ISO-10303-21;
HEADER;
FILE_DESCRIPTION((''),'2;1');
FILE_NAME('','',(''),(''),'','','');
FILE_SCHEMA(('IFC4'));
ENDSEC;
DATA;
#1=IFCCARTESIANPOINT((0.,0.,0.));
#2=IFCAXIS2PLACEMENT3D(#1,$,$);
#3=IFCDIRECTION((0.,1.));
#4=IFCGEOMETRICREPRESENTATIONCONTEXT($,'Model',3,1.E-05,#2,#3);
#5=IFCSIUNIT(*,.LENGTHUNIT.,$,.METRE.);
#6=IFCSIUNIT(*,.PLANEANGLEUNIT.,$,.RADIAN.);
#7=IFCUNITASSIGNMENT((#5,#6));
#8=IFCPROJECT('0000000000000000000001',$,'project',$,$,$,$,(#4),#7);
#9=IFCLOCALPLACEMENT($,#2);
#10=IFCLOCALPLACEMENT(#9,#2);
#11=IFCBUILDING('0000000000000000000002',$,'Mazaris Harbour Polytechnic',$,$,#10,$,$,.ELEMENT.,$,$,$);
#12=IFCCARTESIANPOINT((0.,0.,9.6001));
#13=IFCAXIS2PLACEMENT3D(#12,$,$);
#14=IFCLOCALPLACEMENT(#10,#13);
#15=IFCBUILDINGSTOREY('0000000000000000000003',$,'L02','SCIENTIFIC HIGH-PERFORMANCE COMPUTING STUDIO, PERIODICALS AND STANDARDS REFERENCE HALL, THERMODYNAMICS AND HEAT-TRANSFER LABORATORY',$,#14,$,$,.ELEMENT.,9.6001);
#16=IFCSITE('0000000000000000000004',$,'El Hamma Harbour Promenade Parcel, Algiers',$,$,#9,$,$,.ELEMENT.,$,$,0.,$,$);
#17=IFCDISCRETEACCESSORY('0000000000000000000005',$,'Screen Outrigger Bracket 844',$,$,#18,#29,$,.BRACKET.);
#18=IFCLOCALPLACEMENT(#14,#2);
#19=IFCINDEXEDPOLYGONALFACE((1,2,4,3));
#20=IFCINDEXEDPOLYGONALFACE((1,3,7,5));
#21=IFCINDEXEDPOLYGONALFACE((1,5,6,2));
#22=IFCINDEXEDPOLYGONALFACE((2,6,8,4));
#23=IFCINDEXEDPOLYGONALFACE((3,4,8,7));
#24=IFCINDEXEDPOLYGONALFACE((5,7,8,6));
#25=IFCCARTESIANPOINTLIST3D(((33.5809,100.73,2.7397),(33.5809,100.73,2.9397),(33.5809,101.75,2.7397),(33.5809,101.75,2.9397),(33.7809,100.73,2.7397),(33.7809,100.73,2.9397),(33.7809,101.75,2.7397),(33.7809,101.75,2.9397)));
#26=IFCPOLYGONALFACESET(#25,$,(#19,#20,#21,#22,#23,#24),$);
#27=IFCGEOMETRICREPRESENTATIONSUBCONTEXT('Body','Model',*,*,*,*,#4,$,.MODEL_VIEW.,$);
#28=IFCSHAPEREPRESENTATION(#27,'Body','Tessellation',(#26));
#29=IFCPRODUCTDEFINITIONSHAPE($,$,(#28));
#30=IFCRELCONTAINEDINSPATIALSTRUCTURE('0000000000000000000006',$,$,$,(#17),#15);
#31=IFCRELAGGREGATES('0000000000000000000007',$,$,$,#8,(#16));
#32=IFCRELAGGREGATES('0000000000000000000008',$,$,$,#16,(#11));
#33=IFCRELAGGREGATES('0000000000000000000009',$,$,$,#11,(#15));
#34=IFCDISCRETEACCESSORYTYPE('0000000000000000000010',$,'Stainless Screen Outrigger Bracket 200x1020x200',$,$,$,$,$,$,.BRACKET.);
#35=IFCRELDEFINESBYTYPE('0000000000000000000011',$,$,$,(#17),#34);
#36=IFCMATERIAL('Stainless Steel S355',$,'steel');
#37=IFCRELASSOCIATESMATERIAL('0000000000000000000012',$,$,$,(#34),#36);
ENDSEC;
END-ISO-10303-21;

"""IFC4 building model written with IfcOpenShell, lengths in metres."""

from ifc_helpers import new_model, si_unit, direction, frame, origin, origin_2d, place, context, subcontext, project, spatial, rectangle, extrude, material, type_object, element, save


model = new_model("IFC4")

# Units and contexts
model_context = context("Model", 3, precision=1e-05, world=origin(), true_north=direction((0.0, 1.0)))
body_context = subcontext(model_context, "Body", "Model", "MODEL_VIEW")
ifc_project = project(units=[si_unit("LENGTHUNIT", "METRE"), si_unit("PLANEANGLEUNIT", "RADIAN")], contexts=[model_context])

# Site, building, storey
site_placement = place(None, origin())
site = spatial("IfcSite", under=ifc_project, at=site_placement, Name="El Hamma Harbour Promenade Parcel, Algiers", CompositionType="ELEMENT", RefElevation=0.0)
building_placement = place(site_placement, origin())
building = spatial("IfcBuilding", under=site, at=building_placement, Name="Mazaris Harbour Polytechnic", CompositionType="ELEMENT")
storey_placement = place(building_placement, frame((0.0, 0.0, 9.6001)))
storey = spatial("IfcBuildingStorey", under=building, at=storey_placement, Name="L02", Description="SCIENTIFIC HIGH-PERFORMANCE COMPUTING STUDIO, PERIODICALS AND STANDARDS REFERENCE HALL, THERMODYNAMICS AND HEAT-TRANSFER LABORATORY", CompositionType="ELEMENT", Elevation=9.6001)

# Discrete accessory
ifc_material_1 = material(Name="Stainless Steel S355", Category="steel")
discrete_accessory_type = type_object("IfcDiscreteAccessoryType", Name="Stainless Screen Outrigger Bracket 200x1020x200", PredefinedType="BRACKET", material=ifc_material_1)
for number, where, z_axis, x_axis, name in (
    (1, (33.6809, 101.24, 2.7397), (0.0, 0.0, 1.0), (1.0, 0.0, 0.0), "Screen Outrigger Bracket 844"),
):
    element("IfcDiscreteAccessory", number, at=place(storey_placement, frame(where, z_axis=z_axis, x_axis=x_axis)), inside=storey, type_object=discrete_accessory_type, Name=name, PredefinedType="BRACKET", context=body_context, shape_type="SweptSolid", body=[
        extrude(rectangle(XDim=0.2, YDim=1.02, at=origin_2d()), origin(), (0.0, 0.0, 1.0), 0.2),
    ])

save(model, "model.ifc")
